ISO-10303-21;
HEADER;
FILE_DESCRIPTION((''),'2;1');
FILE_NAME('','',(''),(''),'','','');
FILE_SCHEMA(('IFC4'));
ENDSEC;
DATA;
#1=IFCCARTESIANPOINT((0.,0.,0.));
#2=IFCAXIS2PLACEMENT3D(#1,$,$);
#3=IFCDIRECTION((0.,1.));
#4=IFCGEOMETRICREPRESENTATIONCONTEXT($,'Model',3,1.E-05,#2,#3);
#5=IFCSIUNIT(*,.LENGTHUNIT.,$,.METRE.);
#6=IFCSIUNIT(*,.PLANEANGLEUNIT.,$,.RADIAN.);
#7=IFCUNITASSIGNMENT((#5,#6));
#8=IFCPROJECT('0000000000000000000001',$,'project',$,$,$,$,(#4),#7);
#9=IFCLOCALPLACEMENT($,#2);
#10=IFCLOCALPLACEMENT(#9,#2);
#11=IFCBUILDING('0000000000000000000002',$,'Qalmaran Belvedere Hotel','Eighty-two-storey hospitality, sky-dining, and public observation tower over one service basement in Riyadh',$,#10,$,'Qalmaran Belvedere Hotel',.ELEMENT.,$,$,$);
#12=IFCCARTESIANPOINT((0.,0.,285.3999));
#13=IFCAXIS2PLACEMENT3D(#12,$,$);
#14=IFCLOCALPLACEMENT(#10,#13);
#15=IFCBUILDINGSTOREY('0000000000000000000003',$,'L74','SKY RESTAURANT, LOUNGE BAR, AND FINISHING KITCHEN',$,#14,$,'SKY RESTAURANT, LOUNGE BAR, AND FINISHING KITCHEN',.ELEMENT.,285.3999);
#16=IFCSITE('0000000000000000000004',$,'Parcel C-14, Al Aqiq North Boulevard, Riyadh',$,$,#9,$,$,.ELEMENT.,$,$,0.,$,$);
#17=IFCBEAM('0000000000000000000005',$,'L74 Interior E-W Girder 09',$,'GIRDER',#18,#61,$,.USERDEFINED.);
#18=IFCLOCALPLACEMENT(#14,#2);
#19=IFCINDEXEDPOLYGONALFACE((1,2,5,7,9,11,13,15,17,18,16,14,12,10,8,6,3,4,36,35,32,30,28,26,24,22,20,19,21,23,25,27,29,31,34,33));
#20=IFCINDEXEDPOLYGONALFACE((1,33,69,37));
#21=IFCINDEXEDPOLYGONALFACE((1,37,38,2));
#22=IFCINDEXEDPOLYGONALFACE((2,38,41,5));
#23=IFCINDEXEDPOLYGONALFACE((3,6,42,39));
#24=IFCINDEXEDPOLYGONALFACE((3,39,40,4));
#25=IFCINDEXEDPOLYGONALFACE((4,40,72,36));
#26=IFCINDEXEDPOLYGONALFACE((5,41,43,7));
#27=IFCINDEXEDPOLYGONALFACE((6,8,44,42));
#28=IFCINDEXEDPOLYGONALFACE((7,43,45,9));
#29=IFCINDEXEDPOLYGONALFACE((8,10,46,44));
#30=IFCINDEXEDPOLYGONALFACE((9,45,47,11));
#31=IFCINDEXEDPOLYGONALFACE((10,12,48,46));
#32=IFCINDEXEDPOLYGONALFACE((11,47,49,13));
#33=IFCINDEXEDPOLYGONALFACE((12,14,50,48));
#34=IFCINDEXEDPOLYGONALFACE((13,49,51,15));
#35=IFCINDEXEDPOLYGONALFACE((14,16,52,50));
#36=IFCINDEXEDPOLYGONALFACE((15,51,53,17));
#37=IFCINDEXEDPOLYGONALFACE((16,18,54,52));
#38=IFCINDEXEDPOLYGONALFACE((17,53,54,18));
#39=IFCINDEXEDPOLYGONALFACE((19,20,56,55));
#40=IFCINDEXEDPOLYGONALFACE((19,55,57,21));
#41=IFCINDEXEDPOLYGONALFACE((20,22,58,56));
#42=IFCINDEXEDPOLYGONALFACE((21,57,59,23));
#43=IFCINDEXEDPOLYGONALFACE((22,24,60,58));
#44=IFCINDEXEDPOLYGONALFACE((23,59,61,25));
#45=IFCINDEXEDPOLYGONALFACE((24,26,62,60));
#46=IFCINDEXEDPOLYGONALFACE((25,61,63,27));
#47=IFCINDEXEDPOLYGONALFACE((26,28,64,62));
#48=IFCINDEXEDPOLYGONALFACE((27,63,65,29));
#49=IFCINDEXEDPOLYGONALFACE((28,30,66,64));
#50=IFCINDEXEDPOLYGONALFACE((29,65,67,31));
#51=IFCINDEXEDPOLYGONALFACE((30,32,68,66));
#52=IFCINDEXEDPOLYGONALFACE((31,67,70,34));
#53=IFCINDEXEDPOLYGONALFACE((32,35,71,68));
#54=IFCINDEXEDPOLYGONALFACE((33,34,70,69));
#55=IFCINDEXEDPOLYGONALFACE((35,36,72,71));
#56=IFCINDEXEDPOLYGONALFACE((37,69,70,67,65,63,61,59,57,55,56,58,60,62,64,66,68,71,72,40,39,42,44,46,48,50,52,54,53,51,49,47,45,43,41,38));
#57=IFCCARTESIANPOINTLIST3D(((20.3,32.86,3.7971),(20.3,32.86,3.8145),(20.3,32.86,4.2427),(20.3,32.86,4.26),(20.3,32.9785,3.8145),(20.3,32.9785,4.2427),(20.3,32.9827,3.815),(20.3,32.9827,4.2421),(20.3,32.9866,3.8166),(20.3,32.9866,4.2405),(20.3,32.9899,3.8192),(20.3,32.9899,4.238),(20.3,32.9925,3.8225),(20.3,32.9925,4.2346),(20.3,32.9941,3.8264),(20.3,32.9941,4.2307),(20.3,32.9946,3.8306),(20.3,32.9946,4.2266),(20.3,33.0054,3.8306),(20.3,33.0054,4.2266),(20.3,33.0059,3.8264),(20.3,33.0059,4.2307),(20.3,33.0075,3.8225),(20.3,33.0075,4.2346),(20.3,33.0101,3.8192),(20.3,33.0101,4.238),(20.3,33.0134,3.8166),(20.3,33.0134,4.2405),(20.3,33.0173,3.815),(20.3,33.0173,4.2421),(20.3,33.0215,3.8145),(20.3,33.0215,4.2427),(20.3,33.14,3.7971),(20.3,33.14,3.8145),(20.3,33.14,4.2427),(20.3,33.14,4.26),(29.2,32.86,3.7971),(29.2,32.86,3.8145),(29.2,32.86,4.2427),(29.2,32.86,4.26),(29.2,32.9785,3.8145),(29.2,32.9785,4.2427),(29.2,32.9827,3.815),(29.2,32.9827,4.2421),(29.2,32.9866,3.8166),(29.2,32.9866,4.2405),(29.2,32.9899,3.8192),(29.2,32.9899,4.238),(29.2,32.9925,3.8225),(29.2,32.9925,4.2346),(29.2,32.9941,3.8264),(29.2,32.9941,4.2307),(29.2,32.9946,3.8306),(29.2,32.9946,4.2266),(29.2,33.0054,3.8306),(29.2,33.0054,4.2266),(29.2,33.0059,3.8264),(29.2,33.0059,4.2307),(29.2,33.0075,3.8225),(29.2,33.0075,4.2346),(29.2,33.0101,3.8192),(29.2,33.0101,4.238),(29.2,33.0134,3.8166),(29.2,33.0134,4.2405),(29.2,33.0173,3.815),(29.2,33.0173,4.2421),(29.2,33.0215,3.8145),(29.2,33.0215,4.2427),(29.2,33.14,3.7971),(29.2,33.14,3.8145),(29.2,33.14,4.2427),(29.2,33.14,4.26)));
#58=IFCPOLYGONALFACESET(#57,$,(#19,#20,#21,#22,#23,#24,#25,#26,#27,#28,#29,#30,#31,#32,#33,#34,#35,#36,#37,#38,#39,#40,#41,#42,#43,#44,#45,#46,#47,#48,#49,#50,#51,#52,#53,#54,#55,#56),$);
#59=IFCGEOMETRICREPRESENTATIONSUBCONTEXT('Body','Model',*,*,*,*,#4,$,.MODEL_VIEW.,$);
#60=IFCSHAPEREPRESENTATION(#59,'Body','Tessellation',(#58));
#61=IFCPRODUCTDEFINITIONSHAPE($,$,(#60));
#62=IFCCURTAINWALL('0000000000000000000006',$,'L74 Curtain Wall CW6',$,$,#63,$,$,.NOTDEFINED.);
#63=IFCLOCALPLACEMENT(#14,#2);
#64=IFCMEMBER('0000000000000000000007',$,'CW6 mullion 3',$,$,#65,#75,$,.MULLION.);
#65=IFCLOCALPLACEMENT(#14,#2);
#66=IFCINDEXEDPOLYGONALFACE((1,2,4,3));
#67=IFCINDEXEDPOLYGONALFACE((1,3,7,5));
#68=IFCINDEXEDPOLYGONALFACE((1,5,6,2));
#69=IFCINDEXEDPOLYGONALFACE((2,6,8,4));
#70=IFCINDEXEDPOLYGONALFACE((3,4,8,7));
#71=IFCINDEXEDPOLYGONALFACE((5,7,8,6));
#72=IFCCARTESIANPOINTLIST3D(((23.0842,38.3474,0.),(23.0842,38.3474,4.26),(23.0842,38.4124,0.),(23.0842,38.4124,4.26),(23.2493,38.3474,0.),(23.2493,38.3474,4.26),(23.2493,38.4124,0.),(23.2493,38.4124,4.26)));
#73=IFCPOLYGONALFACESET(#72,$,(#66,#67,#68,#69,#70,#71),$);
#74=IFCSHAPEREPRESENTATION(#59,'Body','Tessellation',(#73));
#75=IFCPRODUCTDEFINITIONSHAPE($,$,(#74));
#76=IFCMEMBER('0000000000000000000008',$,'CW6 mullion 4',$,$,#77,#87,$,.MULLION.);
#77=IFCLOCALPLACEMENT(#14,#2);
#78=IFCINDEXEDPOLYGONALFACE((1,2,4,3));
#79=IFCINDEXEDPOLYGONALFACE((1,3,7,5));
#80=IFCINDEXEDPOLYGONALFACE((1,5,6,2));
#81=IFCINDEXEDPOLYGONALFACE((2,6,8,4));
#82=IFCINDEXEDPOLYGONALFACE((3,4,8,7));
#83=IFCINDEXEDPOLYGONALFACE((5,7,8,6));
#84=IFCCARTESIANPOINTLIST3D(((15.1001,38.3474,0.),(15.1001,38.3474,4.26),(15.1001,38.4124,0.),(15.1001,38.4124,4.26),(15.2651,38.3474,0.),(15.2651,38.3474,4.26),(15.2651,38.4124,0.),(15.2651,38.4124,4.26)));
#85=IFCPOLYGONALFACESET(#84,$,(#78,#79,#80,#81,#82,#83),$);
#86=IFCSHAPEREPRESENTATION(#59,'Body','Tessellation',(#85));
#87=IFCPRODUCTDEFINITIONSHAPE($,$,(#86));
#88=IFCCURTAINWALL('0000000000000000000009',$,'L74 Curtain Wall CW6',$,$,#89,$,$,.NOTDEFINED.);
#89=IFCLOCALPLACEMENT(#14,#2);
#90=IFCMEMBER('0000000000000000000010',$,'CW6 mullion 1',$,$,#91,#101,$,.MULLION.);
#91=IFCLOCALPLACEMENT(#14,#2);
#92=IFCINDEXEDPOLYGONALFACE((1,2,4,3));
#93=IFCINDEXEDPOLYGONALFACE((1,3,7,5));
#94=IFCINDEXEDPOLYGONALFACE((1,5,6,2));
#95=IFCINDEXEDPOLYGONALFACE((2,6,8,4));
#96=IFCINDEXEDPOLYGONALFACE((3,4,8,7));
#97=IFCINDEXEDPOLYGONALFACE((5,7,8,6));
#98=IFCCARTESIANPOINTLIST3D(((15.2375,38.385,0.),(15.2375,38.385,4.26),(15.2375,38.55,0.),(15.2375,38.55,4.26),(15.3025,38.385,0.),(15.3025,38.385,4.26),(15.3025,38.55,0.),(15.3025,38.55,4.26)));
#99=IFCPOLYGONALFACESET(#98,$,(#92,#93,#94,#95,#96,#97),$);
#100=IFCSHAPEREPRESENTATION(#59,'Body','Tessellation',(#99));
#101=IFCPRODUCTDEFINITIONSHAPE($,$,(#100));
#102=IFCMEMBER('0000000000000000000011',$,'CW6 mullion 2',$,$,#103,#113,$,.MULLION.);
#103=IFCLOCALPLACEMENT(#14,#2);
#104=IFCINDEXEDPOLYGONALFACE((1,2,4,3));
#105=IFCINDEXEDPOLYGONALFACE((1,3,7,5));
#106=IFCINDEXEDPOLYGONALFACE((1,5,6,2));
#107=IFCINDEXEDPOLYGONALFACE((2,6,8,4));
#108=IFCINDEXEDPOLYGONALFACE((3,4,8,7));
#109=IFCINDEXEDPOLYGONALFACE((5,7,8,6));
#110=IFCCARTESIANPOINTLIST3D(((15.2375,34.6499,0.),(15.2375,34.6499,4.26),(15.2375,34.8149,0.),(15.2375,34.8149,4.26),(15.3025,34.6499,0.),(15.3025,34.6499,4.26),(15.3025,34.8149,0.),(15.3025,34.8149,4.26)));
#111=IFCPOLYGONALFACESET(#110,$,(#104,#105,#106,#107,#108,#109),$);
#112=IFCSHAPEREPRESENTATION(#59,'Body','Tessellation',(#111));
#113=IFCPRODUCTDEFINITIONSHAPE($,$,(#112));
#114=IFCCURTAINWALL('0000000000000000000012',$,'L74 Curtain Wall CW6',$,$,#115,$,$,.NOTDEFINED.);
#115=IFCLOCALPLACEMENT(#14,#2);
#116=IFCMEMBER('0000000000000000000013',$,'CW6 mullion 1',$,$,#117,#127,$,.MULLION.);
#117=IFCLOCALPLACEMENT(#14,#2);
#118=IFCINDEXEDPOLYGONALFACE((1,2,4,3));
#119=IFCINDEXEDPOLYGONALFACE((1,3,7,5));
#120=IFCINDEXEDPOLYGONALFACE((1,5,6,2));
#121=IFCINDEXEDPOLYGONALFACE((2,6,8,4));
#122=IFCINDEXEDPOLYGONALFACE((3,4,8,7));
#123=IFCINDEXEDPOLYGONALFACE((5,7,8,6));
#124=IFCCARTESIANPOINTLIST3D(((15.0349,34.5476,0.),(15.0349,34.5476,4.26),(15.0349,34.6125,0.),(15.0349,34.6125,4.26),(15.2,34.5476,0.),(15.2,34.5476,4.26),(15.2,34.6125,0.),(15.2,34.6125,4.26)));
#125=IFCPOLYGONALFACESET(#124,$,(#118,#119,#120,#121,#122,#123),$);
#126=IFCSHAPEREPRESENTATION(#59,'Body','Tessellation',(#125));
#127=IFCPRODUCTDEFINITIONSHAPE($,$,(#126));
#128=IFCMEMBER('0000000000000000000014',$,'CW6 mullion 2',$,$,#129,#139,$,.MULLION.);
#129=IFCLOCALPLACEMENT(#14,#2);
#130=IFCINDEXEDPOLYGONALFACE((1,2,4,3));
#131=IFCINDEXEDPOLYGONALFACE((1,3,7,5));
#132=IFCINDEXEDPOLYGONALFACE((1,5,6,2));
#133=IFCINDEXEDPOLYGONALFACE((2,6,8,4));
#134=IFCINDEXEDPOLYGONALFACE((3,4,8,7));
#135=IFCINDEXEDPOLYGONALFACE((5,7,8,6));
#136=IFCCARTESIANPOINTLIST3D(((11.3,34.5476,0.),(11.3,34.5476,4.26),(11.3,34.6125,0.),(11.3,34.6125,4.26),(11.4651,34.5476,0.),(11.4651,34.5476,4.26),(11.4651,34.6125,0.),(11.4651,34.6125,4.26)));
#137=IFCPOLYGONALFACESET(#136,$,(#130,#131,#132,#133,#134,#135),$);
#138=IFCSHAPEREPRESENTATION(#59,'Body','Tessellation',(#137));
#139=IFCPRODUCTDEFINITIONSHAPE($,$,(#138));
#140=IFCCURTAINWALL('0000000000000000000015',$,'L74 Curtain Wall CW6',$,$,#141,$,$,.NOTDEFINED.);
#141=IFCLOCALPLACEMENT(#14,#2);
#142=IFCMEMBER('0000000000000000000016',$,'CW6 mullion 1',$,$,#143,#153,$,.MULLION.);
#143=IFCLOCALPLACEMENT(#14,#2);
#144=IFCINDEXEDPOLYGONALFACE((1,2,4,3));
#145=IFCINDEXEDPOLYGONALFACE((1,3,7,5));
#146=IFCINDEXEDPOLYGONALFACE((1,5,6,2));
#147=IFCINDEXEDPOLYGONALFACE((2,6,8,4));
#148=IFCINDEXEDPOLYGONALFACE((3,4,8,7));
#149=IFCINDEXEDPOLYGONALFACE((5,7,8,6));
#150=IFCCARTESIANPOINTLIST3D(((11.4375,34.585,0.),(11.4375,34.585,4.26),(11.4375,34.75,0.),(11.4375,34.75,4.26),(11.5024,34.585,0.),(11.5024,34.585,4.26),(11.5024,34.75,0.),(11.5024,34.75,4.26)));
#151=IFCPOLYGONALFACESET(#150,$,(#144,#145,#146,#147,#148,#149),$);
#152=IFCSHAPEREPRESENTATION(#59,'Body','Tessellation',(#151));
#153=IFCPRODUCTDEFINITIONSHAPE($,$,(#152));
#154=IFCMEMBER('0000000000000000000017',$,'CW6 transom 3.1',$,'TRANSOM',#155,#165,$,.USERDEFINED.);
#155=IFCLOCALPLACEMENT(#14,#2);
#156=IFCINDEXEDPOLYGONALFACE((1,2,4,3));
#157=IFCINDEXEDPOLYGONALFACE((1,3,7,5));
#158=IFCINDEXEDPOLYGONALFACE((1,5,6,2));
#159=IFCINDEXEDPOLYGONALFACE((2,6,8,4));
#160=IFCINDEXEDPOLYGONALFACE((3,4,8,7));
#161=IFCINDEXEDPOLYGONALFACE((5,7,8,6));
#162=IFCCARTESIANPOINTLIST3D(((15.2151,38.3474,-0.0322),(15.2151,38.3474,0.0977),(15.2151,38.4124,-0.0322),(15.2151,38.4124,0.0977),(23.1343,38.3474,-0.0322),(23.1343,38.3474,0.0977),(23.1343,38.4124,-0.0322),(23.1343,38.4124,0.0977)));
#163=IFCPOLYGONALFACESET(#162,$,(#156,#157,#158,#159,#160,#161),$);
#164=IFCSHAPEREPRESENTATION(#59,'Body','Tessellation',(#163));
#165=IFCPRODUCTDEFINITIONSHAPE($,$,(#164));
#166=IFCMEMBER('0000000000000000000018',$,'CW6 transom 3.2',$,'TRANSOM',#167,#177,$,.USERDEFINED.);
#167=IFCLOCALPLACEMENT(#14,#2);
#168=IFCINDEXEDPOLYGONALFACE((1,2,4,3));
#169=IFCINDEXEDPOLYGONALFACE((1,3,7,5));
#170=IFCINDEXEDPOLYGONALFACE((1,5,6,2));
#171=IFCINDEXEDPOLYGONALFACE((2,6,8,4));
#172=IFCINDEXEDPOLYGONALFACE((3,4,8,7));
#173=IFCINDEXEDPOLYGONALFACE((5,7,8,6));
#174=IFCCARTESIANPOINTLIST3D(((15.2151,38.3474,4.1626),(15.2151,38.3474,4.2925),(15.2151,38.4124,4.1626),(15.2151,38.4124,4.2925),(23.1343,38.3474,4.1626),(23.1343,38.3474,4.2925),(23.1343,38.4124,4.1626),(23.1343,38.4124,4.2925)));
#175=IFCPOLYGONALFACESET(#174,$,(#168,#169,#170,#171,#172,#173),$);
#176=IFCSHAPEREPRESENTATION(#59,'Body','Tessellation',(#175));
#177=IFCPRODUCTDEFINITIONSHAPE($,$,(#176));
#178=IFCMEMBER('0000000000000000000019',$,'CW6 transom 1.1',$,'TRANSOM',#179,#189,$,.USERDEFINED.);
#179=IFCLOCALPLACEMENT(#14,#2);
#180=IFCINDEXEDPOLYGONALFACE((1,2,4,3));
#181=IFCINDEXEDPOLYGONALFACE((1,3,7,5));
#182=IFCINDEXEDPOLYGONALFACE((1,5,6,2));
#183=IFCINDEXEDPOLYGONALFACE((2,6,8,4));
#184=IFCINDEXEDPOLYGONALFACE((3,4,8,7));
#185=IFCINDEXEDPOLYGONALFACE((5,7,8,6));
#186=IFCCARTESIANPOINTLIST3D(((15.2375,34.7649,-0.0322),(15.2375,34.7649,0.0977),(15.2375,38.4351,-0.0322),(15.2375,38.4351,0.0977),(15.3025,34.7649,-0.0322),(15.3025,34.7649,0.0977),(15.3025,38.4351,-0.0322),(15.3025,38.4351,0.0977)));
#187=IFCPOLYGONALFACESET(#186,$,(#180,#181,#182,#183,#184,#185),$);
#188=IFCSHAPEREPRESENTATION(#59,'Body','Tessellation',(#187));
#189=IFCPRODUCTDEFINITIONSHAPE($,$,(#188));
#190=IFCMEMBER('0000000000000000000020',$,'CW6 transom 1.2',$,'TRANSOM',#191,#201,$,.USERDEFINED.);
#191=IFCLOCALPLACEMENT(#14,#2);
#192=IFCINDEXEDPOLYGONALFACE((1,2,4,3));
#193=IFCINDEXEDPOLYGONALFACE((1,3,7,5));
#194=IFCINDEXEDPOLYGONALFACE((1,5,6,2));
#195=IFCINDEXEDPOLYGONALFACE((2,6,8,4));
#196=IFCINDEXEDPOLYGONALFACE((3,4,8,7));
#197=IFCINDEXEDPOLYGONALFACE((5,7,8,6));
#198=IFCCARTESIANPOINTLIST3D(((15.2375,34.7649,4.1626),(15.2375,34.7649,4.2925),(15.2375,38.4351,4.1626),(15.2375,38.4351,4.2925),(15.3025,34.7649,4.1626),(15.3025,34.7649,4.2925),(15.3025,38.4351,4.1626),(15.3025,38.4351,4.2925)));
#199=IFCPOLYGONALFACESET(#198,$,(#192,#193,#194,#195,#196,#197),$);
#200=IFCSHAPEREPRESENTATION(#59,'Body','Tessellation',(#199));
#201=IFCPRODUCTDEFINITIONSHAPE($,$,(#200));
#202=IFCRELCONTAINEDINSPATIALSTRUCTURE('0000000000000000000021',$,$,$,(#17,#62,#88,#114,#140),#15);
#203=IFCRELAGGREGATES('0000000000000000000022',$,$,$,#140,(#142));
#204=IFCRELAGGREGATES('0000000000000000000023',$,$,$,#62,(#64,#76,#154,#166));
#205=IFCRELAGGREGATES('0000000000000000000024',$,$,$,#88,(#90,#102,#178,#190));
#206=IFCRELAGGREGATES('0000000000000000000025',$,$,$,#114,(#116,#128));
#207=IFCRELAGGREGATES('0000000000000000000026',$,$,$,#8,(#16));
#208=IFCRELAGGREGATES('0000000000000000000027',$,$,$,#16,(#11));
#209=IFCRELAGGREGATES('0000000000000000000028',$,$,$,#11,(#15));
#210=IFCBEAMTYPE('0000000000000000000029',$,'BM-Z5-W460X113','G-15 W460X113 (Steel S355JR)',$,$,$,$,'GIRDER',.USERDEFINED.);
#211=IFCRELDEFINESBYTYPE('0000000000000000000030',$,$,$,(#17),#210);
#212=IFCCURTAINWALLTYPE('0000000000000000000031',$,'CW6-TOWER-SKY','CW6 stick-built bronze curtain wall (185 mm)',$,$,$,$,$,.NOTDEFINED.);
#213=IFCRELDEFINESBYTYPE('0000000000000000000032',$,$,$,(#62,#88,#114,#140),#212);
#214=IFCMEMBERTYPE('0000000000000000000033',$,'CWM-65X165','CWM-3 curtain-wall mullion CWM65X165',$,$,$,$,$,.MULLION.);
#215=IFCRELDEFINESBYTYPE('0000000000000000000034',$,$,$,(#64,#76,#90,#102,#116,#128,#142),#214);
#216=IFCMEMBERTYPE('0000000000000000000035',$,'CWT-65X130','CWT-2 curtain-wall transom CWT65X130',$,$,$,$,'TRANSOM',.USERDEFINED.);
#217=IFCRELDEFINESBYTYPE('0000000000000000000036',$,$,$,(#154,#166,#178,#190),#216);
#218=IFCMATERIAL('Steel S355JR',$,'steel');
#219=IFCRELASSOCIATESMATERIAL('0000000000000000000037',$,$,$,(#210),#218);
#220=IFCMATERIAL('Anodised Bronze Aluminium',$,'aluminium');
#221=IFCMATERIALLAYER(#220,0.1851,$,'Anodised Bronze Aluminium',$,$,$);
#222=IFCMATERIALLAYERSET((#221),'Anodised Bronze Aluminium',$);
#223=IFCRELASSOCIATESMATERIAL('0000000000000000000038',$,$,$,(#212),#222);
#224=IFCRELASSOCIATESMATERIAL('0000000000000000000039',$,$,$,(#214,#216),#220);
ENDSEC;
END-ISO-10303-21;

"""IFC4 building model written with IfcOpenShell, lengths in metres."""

from ifc_helpers import new_model, si_unit, direction, frame, origin, origin_2d, place, context, subcontext, project, spatial, rectangle, i_section, extrude, material, layer, layer_set, material_profile, profile_set, type_object, element, aggregate, save


model = new_model("IFC4")

# Units and contexts
model_context = context("Model", 3, precision=1e-05, world=origin(), true_north=direction((0.0, 1.0)))
body_context = subcontext(model_context, "Body", "Model", "MODEL_VIEW")
ifc_project = project(units=[si_unit("LENGTHUNIT", "METRE"), si_unit("PLANEANGLEUNIT", "RADIAN")], contexts=[model_context])

# Site, building, storey
site_placement = place(None, origin())
site = spatial("IfcSite", under=ifc_project, at=site_placement, Name="Parcel C-14, Al Aqiq North Boulevard, Riyadh", CompositionType="ELEMENT", RefElevation=0.0)
building_placement = place(site_placement, origin())
building = spatial("IfcBuilding", under=site, at=building_placement, Name="Qalmaran Belvedere Hotel", Description="Eighty-two-storey hospitality, sky-dining, and public observation tower over one service basement in Riyadh", LongName="Qalmaran Belvedere Hotel", CompositionType="ELEMENT")
storey_placement = place(building_placement, frame((0.0, 0.0, 285.3999)))
storey = spatial("IfcBuildingStorey", under=building, at=storey_placement, Name="L74", Description="SKY RESTAURANT, LOUNGE BAR, AND FINISHING KITCHEN", LongName="SKY RESTAURANT, LOUNGE BAR, AND FINISHING KITCHEN", CompositionType="ELEMENT", Elevation=285.3999)

# Beam
ifc_material_1 = material(Name="Steel S355JR", Category="steel")
ifc_material_profile_1 = material_profile(ifc_material_1, i_section(OverallWidth=0.28, OverallDepth=0.4629, WebThickness=0.0107, FlangeThickness=0.0173, FilletRadius=0.0161, at=origin_2d()), Name="W460X113")
ifc_profile_set_1 = profile_set([ifc_material_profile_1], Name="Steel S355JR")
beam_type_1 = type_object("IfcBeamType", Name="BM-Z5-W460X113", Description="G-15 W460X113 (Steel S355JR)", ElementType="GIRDER", PredefinedType="USERDEFINED", material=ifc_profile_set_1)
beam_1_placement = place(storey_placement, frame((20.3, 33.0, 4.0286), z_axis=(1.0, 0.0, 0.0), x_axis=(0.0, 1.0, 0.0)))
element("IfcBeam", 1, at=beam_1_placement, inside=storey, type_object=beam_type_1, Name="L74 Interior E-W Girder 09", ObjectType="GIRDER", PredefinedType="USERDEFINED", context=body_context, shape_type="SweptSolid", body=[
    extrude(i_section(OverallWidth=0.28, OverallDepth=0.4629, WebThickness=0.0107, FlangeThickness=0.0173, FilletRadius=0.0161, at=origin_2d()), origin(), (0.0, 0.0, 1.0), 8.8999),
])

# Curtain walls, members
ifc_material_2 = material(Name="Anodised Bronze Aluminium", Category="aluminium")
ifc_layer_1 = layer(ifc_material_2, 0.1851, Name="Anodised Bronze Aluminium")
ifc_layer_set_1 = layer_set([ifc_layer_1], Name="Anodised Bronze Aluminium")
curtain_wall_type = type_object("IfcCurtainWallType", Name="CW6-TOWER-SKY", Description="CW6 stick-built bronze curtain wall (185 mm)", PredefinedType="NOTDEFINED", material=ifc_layer_set_1)
curtain_wall_1_placement = place(storey_placement, origin())
curtain_wall_1 = element("IfcCurtainWall", 2, at=curtain_wall_1_placement, inside=storey, type_object=curtain_wall_type, Name="L74 Curtain Wall CW6", PredefinedType="NOTDEFINED")
ifc_material_profile_2 = material_profile(ifc_material_2, rectangle(XDim=0.0649, YDim=0.165, at=origin_2d()), Name="CWM65X165")
ifc_profile_set_2 = profile_set([ifc_material_profile_2], Name="Anodised Bronze Aluminium")
member_type_1 = type_object("IfcMemberType", Name="CWM-65X165", Description="CWM-3 curtain-wall mullion CWM65X165", PredefinedType="MULLION", material=ifc_profile_set_2)
member_1_placement = place(storey_placement, frame((23.1667, 38.3799, 0.0), z_axis=(0.0, 0.0, 1.0), x_axis=(0.0, -1.0, 0.0)))
member_1 = element("IfcMember", 3, at=member_1_placement, type_object=member_type_1, Name="CW6 mullion 3", PredefinedType="MULLION", context=body_context, shape_type="SweptSolid", body=[
    extrude(rectangle(XDim=0.0649, YDim=0.165, at=origin_2d()), origin(), (0.0, 0.0, 1.0), 4.26),
])
member_2_placement = place(storey_placement, frame((15.1826, 38.3799, 0.0), z_axis=(0.0, 0.0, 1.0), x_axis=(0.0, -1.0, 0.0)))
member_2 = element("IfcMember", 4, at=member_2_placement, type_object=member_type_1, Name="CW6 mullion 4", PredefinedType="MULLION", context=body_context, shape_type="SweptSolid", body=[
    extrude(rectangle(XDim=0.0649, YDim=0.165, at=origin_2d()), origin(), (0.0, 0.0, 1.0), 4.26),
])
curtain_wall_2_placement = place(storey_placement, origin())
curtain_wall_2 = element("IfcCurtainWall", 5, at=curtain_wall_2_placement, inside=storey, type_object=curtain_wall_type, Name="L74 Curtain Wall CW6", PredefinedType="NOTDEFINED")
member_3_placement = place(storey_placement, frame((15.27, 38.4675, 0.0), z_axis=(0.0, 0.0, 1.0), x_axis=(1.0, 0.0, 0.0)))
member_3 = element("IfcMember", 6, at=member_3_placement, type_object=member_type_1, Name="CW6 mullion 1", PredefinedType="MULLION", context=body_context, shape_type="SweptSolid", body=[
    extrude(rectangle(XDim=0.0649, YDim=0.165, at=origin_2d()), origin(), (0.0, 0.0, 1.0), 4.26),
])
member_4_placement = place(storey_placement, frame((15.27, 34.7324, 0.0), z_axis=(0.0, 0.0, 1.0), x_axis=(1.0, 0.0, 0.0)))
member_4 = element("IfcMember", 7, at=member_4_placement, type_object=member_type_1, Name="CW6 mullion 2", PredefinedType="MULLION", context=body_context, shape_type="SweptSolid", body=[
    extrude(rectangle(XDim=0.0649, YDim=0.165, at=origin_2d()), origin(), (0.0, 0.0, 1.0), 4.26),
])
curtain_wall_3_placement = place(storey_placement, origin())
curtain_wall_3 = element("IfcCurtainWall", 8, at=curtain_wall_3_placement, inside=storey, type_object=curtain_wall_type, Name="L74 Curtain Wall CW6", PredefinedType="NOTDEFINED")
member_5_placement = place(storey_placement, frame((15.1174, 34.5801, 0.0), z_axis=(0.0, 0.0, 1.0), x_axis=(0.0, -1.0, 0.0)))
member_5 = element("IfcMember", 9, at=member_5_placement, type_object=member_type_1, Name="CW6 mullion 1", PredefinedType="MULLION", context=body_context, shape_type="SweptSolid", body=[
    extrude(rectangle(XDim=0.0649, YDim=0.165, at=origin_2d()), origin(), (0.0, 0.0, 1.0), 4.26),
])
member_6_placement = place(storey_placement, frame((11.3826, 34.5801, 0.0), z_axis=(0.0, 0.0, 1.0), x_axis=(0.0, -1.0, 0.0)))
member_6 = element("IfcMember", 10, at=member_6_placement, type_object=member_type_1, Name="CW6 mullion 2", PredefinedType="MULLION", context=body_context, shape_type="SweptSolid", body=[
    extrude(rectangle(XDim=0.0649, YDim=0.165, at=origin_2d()), origin(), (0.0, 0.0, 1.0), 4.26),
])

# Curtain wall, member
curtain_wall_4_placement = place(storey_placement, origin())
curtain_wall_4 = element("IfcCurtainWall", 11, at=curtain_wall_4_placement, inside=storey, type_object=curtain_wall_type, Name="L74 Curtain Wall CW6", PredefinedType="NOTDEFINED")
member_7_placement = place(storey_placement, frame((11.47, 34.6675, 0.0), z_axis=(0.0, 0.0, 1.0), x_axis=(1.0, 0.0, 0.0)))
member_7 = element("IfcMember", 12, at=member_7_placement, type_object=member_type_1, Name="CW6 mullion 1", PredefinedType="MULLION", context=body_context, shape_type="SweptSolid", body=[
    extrude(rectangle(XDim=0.0649, YDim=0.165, at=origin_2d()), origin(), (0.0, 0.0, 1.0), 4.26),
])

# Members
ifc_material_profile_3 = material_profile(ifc_material_2, rectangle(XDim=0.0649, YDim=0.1299, at=origin_2d()), Name="CWT65X130")
ifc_profile_set_3 = profile_set([ifc_material_profile_3], Name="Anodised Bronze Aluminium")
member_type_2 = type_object("IfcMemberType", Name="CWT-65X130", Description="CWT-2 curtain-wall transom CWT65X130", ElementType="TRANSOM", PredefinedType="USERDEFINED", material=ifc_profile_set_3)
member_8_placement = place(storey_placement, frame((23.1343, 38.3799, 0.0327), z_axis=(-1.0, 0.0, 0.0), x_axis=(0.0, -1.0, 0.0)))
member_8 = element("IfcMember", 13, at=member_8_placement, type_object=member_type_2, Name="CW6 transom 3.1", ObjectType="TRANSOM", PredefinedType="USERDEFINED", context=body_context, shape_type="SweptSolid", body=[
    extrude(rectangle(XDim=0.0649, YDim=0.1299, at=origin_2d()), origin(), (0.0, 0.0, 1.0), 7.9192),
])
member_9_placement = place(storey_placement, frame((23.1343, 38.3799, 4.2275), z_axis=(-1.0, 0.0, 0.0), x_axis=(0.0, -1.0, 0.0)))
member_9 = element("IfcMember", 14, at=member_9_placement, type_object=member_type_2, Name="CW6 transom 3.2", ObjectType="TRANSOM", PredefinedType="USERDEFINED", context=body_context, shape_type="SweptSolid", body=[
    extrude(rectangle(XDim=0.0649, YDim=0.1299, at=origin_2d()), origin(), (0.0, 0.0, 1.0), 7.9192),
])
member_10_placement = place(storey_placement, frame((15.27, 38.4351, 0.0327), z_axis=(0.0, -1.0, 0.0), x_axis=(1.0, 0.0, 0.0)))
member_10 = element("IfcMember", 15, at=member_10_placement, type_object=member_type_2, Name="CW6 transom 1.1", ObjectType="TRANSOM", PredefinedType="USERDEFINED", context=body_context, shape_type="SweptSolid", body=[
    extrude(rectangle(XDim=0.0649, YDim=0.1299, at=origin_2d()), origin(), (0.0, 0.0, 1.0), 3.6702),
])
member_11_placement = place(storey_placement, frame((15.27, 38.4351, 4.2275), z_axis=(0.0, -1.0, 0.0), x_axis=(1.0, 0.0, 0.0)))
member_11 = element("IfcMember", 16, at=member_11_placement, type_object=member_type_2, Name="CW6 transom 1.2", ObjectType="TRANSOM", PredefinedType="USERDEFINED", context=body_context, shape_type="SweptSolid", body=[
    extrude(rectangle(XDim=0.0649, YDim=0.1299, at=origin_2d()), origin(), (0.0, 0.0, 1.0), 3.6702),
])
aggregate(curtain_wall_4, [member_7])

aggregate(curtain_wall_1, [member_1, member_2, member_8, member_9])
aggregate(curtain_wall_2, [member_3, member_4, member_10, member_11])
aggregate(curtain_wall_3, [member_5, member_6])

save(model, "model.ifc")
